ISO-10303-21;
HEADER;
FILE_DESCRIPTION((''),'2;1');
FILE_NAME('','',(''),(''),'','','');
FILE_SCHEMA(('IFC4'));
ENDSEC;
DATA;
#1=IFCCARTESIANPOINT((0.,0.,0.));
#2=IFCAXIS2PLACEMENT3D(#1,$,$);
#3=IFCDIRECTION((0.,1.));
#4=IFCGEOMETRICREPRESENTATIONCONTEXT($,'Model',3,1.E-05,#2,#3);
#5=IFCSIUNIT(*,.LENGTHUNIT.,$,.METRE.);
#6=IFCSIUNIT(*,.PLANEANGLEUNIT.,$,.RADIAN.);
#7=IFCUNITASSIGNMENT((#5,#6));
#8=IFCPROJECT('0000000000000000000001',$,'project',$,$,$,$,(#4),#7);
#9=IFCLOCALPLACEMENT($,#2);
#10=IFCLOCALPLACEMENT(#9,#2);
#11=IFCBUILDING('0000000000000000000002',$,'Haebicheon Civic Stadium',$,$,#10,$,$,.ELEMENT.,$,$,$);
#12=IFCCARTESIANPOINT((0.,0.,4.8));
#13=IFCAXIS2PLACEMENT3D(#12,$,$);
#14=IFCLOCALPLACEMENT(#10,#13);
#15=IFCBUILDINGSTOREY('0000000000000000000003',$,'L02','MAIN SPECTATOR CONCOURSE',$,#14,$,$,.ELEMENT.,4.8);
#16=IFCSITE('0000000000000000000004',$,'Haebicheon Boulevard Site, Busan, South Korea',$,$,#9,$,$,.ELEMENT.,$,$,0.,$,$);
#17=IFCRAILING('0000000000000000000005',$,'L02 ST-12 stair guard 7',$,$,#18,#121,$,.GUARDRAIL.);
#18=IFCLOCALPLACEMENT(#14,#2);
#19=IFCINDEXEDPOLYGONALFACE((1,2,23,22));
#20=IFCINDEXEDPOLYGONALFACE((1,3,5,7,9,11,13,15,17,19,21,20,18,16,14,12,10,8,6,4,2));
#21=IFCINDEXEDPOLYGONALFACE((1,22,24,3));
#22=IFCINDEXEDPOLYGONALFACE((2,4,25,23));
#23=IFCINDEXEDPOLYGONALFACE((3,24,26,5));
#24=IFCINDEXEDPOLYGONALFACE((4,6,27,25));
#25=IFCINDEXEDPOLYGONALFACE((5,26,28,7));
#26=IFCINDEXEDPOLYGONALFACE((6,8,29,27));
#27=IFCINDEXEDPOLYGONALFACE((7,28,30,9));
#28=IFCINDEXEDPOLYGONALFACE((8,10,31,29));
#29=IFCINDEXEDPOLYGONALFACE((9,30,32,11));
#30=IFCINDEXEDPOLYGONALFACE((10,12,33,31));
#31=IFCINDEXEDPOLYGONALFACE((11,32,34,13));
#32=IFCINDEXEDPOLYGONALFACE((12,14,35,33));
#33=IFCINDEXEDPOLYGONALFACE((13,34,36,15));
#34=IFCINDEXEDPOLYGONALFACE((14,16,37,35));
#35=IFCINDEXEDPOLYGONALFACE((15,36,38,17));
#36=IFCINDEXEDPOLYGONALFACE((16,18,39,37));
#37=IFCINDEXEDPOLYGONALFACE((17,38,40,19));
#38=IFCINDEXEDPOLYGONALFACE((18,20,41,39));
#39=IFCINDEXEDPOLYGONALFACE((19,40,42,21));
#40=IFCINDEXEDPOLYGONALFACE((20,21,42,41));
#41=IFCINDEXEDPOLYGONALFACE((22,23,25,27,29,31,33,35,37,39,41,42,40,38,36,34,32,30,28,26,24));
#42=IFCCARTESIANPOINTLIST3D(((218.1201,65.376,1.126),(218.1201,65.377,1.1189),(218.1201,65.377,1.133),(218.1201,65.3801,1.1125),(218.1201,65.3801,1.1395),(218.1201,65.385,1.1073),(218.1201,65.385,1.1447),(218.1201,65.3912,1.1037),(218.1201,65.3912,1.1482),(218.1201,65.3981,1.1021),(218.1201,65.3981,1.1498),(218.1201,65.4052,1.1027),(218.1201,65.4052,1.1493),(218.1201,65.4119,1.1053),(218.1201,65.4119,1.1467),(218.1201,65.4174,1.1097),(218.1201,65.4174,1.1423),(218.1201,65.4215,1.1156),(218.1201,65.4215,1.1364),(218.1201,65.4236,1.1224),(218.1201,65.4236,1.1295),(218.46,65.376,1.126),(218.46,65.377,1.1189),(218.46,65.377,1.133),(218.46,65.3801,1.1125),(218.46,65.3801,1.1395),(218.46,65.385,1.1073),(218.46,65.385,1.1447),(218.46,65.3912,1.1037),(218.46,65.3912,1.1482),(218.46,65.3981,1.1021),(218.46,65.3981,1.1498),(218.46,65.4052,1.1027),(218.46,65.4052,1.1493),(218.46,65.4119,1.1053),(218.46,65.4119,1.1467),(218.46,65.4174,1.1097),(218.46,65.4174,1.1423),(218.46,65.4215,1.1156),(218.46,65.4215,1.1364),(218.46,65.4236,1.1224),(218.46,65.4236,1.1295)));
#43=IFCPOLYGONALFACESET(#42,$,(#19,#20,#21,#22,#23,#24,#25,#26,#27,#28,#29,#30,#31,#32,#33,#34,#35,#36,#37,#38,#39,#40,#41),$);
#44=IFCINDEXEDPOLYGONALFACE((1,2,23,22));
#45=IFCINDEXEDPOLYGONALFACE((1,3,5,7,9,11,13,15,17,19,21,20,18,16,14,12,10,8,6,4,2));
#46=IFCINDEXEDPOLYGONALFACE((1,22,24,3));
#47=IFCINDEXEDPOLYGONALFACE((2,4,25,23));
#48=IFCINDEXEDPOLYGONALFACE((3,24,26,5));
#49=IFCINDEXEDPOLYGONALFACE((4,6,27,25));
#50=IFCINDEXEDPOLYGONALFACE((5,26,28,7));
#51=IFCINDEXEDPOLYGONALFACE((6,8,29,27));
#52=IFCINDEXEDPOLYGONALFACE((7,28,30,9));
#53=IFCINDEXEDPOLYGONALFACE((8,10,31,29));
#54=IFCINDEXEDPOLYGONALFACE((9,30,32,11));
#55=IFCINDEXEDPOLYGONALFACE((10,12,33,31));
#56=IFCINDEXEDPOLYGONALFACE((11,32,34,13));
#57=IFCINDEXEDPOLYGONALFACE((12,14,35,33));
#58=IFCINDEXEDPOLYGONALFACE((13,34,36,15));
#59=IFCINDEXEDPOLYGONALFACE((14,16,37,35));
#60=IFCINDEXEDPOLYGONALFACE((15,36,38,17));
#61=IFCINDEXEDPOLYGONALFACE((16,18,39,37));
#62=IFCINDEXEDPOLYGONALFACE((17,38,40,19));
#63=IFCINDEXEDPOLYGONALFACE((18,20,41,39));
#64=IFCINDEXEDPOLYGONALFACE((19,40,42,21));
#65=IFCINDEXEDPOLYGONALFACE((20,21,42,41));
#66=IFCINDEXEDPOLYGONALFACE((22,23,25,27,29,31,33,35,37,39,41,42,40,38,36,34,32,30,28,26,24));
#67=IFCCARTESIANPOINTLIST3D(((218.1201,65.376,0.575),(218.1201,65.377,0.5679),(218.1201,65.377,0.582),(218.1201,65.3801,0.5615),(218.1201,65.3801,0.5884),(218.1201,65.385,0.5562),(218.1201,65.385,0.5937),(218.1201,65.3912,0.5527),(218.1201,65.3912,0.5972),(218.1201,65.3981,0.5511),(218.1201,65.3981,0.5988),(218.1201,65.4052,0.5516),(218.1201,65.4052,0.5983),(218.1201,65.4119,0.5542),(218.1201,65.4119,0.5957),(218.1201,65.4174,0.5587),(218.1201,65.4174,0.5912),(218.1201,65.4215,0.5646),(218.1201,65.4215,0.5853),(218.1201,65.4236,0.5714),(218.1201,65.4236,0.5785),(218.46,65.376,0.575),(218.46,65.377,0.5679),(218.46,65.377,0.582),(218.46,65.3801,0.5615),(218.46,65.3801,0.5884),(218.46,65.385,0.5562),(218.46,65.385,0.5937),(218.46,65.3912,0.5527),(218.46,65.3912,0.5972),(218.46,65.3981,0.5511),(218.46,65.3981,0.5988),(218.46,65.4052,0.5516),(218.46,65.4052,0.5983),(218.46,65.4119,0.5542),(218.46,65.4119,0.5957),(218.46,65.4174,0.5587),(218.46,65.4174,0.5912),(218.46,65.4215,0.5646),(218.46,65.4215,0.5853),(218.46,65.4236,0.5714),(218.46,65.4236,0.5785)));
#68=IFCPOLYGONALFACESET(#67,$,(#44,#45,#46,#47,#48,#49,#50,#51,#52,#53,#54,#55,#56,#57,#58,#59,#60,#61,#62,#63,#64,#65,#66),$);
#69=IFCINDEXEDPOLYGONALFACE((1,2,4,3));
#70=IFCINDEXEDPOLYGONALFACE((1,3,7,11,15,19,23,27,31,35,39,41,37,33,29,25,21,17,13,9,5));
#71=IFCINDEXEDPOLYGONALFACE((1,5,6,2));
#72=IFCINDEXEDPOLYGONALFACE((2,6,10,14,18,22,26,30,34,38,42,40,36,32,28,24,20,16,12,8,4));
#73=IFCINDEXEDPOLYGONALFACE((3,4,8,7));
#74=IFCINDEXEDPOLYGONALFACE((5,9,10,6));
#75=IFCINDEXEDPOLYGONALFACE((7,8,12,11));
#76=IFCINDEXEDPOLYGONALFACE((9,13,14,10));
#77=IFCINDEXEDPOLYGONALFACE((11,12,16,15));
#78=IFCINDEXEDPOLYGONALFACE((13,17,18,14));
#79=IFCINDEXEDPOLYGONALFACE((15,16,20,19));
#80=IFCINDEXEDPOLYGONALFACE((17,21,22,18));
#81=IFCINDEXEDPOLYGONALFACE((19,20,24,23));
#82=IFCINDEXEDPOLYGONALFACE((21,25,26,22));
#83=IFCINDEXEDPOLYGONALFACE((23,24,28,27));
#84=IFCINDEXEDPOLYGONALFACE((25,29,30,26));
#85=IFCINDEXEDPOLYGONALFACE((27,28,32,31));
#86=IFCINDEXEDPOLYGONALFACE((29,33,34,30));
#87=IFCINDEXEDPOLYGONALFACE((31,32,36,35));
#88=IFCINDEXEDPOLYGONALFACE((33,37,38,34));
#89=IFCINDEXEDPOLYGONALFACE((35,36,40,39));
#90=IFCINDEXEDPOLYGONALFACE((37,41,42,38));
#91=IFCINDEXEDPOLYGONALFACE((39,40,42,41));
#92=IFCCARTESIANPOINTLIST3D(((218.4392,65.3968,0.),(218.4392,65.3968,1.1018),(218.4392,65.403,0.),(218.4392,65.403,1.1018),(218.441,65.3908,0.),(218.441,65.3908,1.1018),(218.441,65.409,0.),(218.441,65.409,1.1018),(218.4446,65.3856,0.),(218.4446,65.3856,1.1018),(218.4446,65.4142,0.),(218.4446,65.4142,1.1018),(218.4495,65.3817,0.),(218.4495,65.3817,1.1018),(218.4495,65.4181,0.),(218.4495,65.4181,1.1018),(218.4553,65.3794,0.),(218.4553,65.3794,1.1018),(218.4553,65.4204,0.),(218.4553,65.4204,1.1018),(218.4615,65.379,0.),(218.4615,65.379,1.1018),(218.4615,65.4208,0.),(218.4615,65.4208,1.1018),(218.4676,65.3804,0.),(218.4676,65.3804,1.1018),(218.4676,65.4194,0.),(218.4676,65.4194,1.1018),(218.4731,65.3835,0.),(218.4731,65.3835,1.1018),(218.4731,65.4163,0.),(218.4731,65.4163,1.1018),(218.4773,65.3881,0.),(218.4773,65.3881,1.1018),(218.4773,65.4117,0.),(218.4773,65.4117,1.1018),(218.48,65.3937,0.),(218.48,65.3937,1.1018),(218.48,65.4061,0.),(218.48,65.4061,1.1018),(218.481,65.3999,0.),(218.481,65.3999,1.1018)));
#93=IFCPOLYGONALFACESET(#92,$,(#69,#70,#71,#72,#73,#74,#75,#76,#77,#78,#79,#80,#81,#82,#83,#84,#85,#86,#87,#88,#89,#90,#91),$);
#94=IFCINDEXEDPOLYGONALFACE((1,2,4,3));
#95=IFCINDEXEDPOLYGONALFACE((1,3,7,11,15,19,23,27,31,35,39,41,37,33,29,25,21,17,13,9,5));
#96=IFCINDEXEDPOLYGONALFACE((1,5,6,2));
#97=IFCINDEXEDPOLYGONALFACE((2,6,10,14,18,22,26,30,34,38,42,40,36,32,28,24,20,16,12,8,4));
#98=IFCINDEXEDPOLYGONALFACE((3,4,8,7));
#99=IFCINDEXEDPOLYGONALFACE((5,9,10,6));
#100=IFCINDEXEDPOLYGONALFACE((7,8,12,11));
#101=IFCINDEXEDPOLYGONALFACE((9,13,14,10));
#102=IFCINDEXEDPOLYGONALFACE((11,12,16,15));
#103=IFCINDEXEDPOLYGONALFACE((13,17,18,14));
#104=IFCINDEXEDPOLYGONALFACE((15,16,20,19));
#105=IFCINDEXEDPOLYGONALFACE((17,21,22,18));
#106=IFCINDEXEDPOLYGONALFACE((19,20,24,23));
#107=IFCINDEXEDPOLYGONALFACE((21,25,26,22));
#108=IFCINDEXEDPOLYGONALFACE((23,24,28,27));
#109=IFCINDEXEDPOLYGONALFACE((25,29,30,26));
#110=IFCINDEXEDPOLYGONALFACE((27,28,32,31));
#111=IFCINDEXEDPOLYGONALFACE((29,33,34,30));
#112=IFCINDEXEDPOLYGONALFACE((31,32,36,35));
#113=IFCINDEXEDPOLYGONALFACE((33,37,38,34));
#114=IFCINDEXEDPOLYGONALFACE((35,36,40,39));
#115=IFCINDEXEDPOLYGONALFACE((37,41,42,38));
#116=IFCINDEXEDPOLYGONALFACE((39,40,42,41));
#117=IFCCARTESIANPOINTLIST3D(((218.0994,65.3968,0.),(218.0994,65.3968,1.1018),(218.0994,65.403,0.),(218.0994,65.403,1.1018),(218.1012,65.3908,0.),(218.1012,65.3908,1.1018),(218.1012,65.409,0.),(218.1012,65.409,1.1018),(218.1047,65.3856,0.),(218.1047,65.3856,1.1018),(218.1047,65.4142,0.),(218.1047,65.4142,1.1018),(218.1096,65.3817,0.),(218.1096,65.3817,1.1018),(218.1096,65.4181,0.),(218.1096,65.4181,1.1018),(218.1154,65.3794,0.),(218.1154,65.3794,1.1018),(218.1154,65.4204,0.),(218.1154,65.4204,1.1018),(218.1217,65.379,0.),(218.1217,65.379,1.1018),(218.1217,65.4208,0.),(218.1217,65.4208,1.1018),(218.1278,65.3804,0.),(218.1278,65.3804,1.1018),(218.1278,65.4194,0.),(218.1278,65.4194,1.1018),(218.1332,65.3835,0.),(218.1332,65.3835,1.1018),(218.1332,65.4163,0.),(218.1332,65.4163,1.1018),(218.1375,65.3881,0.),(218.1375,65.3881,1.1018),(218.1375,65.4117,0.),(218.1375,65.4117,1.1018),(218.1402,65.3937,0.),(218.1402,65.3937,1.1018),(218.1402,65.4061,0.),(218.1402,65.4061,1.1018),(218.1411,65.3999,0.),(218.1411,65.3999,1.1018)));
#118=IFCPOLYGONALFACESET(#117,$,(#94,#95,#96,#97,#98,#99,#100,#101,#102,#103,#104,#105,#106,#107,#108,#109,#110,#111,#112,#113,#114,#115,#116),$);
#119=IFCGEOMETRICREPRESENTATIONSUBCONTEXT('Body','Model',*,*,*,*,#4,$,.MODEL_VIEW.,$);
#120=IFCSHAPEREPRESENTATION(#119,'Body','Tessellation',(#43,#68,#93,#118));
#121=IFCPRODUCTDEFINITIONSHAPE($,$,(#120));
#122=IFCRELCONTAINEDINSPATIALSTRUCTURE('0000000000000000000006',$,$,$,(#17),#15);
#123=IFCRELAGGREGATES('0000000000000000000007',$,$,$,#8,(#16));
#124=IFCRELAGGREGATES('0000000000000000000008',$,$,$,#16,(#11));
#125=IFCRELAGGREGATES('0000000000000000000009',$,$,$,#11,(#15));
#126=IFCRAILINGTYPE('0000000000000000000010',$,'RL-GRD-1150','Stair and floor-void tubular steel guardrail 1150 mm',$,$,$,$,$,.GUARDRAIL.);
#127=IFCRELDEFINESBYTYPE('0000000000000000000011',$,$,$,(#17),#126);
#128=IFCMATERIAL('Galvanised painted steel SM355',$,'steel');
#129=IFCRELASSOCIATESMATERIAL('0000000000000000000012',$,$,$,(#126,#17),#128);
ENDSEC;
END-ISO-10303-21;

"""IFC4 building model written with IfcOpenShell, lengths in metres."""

from ifc_helpers import new_model, si_unit, direction, frame, origin, origin_2d, place, context, subcontext, project, spatial, circle, extrude, material, type_object, element, save


model = new_model("IFC4")

# Units and contexts
model_context = context("Model", 3, precision=1e-05, world=origin(), true_north=direction((0.0, 1.0)))
body_context = subcontext(model_context, "Body", "Model", "MODEL_VIEW")
ifc_project = project(units=[si_unit("LENGTHUNIT", "METRE"), si_unit("PLANEANGLEUNIT", "RADIAN")], contexts=[model_context])

# Site, building, storey
site_placement = place(None, origin())
site = spatial("IfcSite", under=ifc_project, at=site_placement, Name="Haebicheon Boulevard Site, Busan, South Korea", CompositionType="ELEMENT", RefElevation=0.0)
building_placement = place(site_placement, origin())
building = spatial("IfcBuilding", under=site, at=building_placement, Name="Haebicheon Civic Stadium", CompositionType="ELEMENT")
storey_placement = place(building_placement, frame((0.0, 0.0, 4.8)))
storey = spatial("IfcBuildingStorey", under=building, at=storey_placement, Name="L02", Description="MAIN SPECTATOR CONCOURSE", CompositionType="ELEMENT", Elevation=4.8)

# Railing
ifc_material_1 = material(Name="Galvanised painted steel SM355", Category="steel")
railing_type_1 = type_object("IfcRailingType", Name="RL-GRD-1150", Description="Stair and floor-void tubular steel guardrail 1150 mm", PredefinedType="GUARDRAIL", material=ifc_material_1)
railing_1_placement = place(storey_placement, frame((218.46, 65.3999, 0.0)))
element("IfcRailing", 1, at=railing_1_placement, inside=storey, type_object=railing_type_1, material=ifc_material_1, Name="L02 ST-12 stair guard 7", PredefinedType="GUARDRAIL", context=body_context, shape_type="SweptSolid", body=[
    extrude(circle(Radius=0.0239, at=origin_2d()), frame((0.0, 0.0, 1.126), z_axis=(-1.0, 0.0, 0.0), x_axis=(0.0, -1.0, 0.0)), (0.0, 0.0, 1.0), 0.3398),
    extrude(circle(Radius=0.0239, at=origin_2d()), frame((0.0, 0.0, 0.575), z_axis=(-1.0, 0.0, 0.0), x_axis=(0.0, -1.0, 0.0)), (0.0, 0.0, 1.0), 0.3398),
    extrude(circle(Radius=0.021, at=origin_2d()), origin(), (0.0, 0.0, 1.0), 1.1018),
    extrude(circle(Radius=0.021, at=origin_2d()), frame((-0.3398, 0.0, 0.0)), (0.0, 0.0, 1.0), 1.1018),
])

save(model, "model.ifc")
